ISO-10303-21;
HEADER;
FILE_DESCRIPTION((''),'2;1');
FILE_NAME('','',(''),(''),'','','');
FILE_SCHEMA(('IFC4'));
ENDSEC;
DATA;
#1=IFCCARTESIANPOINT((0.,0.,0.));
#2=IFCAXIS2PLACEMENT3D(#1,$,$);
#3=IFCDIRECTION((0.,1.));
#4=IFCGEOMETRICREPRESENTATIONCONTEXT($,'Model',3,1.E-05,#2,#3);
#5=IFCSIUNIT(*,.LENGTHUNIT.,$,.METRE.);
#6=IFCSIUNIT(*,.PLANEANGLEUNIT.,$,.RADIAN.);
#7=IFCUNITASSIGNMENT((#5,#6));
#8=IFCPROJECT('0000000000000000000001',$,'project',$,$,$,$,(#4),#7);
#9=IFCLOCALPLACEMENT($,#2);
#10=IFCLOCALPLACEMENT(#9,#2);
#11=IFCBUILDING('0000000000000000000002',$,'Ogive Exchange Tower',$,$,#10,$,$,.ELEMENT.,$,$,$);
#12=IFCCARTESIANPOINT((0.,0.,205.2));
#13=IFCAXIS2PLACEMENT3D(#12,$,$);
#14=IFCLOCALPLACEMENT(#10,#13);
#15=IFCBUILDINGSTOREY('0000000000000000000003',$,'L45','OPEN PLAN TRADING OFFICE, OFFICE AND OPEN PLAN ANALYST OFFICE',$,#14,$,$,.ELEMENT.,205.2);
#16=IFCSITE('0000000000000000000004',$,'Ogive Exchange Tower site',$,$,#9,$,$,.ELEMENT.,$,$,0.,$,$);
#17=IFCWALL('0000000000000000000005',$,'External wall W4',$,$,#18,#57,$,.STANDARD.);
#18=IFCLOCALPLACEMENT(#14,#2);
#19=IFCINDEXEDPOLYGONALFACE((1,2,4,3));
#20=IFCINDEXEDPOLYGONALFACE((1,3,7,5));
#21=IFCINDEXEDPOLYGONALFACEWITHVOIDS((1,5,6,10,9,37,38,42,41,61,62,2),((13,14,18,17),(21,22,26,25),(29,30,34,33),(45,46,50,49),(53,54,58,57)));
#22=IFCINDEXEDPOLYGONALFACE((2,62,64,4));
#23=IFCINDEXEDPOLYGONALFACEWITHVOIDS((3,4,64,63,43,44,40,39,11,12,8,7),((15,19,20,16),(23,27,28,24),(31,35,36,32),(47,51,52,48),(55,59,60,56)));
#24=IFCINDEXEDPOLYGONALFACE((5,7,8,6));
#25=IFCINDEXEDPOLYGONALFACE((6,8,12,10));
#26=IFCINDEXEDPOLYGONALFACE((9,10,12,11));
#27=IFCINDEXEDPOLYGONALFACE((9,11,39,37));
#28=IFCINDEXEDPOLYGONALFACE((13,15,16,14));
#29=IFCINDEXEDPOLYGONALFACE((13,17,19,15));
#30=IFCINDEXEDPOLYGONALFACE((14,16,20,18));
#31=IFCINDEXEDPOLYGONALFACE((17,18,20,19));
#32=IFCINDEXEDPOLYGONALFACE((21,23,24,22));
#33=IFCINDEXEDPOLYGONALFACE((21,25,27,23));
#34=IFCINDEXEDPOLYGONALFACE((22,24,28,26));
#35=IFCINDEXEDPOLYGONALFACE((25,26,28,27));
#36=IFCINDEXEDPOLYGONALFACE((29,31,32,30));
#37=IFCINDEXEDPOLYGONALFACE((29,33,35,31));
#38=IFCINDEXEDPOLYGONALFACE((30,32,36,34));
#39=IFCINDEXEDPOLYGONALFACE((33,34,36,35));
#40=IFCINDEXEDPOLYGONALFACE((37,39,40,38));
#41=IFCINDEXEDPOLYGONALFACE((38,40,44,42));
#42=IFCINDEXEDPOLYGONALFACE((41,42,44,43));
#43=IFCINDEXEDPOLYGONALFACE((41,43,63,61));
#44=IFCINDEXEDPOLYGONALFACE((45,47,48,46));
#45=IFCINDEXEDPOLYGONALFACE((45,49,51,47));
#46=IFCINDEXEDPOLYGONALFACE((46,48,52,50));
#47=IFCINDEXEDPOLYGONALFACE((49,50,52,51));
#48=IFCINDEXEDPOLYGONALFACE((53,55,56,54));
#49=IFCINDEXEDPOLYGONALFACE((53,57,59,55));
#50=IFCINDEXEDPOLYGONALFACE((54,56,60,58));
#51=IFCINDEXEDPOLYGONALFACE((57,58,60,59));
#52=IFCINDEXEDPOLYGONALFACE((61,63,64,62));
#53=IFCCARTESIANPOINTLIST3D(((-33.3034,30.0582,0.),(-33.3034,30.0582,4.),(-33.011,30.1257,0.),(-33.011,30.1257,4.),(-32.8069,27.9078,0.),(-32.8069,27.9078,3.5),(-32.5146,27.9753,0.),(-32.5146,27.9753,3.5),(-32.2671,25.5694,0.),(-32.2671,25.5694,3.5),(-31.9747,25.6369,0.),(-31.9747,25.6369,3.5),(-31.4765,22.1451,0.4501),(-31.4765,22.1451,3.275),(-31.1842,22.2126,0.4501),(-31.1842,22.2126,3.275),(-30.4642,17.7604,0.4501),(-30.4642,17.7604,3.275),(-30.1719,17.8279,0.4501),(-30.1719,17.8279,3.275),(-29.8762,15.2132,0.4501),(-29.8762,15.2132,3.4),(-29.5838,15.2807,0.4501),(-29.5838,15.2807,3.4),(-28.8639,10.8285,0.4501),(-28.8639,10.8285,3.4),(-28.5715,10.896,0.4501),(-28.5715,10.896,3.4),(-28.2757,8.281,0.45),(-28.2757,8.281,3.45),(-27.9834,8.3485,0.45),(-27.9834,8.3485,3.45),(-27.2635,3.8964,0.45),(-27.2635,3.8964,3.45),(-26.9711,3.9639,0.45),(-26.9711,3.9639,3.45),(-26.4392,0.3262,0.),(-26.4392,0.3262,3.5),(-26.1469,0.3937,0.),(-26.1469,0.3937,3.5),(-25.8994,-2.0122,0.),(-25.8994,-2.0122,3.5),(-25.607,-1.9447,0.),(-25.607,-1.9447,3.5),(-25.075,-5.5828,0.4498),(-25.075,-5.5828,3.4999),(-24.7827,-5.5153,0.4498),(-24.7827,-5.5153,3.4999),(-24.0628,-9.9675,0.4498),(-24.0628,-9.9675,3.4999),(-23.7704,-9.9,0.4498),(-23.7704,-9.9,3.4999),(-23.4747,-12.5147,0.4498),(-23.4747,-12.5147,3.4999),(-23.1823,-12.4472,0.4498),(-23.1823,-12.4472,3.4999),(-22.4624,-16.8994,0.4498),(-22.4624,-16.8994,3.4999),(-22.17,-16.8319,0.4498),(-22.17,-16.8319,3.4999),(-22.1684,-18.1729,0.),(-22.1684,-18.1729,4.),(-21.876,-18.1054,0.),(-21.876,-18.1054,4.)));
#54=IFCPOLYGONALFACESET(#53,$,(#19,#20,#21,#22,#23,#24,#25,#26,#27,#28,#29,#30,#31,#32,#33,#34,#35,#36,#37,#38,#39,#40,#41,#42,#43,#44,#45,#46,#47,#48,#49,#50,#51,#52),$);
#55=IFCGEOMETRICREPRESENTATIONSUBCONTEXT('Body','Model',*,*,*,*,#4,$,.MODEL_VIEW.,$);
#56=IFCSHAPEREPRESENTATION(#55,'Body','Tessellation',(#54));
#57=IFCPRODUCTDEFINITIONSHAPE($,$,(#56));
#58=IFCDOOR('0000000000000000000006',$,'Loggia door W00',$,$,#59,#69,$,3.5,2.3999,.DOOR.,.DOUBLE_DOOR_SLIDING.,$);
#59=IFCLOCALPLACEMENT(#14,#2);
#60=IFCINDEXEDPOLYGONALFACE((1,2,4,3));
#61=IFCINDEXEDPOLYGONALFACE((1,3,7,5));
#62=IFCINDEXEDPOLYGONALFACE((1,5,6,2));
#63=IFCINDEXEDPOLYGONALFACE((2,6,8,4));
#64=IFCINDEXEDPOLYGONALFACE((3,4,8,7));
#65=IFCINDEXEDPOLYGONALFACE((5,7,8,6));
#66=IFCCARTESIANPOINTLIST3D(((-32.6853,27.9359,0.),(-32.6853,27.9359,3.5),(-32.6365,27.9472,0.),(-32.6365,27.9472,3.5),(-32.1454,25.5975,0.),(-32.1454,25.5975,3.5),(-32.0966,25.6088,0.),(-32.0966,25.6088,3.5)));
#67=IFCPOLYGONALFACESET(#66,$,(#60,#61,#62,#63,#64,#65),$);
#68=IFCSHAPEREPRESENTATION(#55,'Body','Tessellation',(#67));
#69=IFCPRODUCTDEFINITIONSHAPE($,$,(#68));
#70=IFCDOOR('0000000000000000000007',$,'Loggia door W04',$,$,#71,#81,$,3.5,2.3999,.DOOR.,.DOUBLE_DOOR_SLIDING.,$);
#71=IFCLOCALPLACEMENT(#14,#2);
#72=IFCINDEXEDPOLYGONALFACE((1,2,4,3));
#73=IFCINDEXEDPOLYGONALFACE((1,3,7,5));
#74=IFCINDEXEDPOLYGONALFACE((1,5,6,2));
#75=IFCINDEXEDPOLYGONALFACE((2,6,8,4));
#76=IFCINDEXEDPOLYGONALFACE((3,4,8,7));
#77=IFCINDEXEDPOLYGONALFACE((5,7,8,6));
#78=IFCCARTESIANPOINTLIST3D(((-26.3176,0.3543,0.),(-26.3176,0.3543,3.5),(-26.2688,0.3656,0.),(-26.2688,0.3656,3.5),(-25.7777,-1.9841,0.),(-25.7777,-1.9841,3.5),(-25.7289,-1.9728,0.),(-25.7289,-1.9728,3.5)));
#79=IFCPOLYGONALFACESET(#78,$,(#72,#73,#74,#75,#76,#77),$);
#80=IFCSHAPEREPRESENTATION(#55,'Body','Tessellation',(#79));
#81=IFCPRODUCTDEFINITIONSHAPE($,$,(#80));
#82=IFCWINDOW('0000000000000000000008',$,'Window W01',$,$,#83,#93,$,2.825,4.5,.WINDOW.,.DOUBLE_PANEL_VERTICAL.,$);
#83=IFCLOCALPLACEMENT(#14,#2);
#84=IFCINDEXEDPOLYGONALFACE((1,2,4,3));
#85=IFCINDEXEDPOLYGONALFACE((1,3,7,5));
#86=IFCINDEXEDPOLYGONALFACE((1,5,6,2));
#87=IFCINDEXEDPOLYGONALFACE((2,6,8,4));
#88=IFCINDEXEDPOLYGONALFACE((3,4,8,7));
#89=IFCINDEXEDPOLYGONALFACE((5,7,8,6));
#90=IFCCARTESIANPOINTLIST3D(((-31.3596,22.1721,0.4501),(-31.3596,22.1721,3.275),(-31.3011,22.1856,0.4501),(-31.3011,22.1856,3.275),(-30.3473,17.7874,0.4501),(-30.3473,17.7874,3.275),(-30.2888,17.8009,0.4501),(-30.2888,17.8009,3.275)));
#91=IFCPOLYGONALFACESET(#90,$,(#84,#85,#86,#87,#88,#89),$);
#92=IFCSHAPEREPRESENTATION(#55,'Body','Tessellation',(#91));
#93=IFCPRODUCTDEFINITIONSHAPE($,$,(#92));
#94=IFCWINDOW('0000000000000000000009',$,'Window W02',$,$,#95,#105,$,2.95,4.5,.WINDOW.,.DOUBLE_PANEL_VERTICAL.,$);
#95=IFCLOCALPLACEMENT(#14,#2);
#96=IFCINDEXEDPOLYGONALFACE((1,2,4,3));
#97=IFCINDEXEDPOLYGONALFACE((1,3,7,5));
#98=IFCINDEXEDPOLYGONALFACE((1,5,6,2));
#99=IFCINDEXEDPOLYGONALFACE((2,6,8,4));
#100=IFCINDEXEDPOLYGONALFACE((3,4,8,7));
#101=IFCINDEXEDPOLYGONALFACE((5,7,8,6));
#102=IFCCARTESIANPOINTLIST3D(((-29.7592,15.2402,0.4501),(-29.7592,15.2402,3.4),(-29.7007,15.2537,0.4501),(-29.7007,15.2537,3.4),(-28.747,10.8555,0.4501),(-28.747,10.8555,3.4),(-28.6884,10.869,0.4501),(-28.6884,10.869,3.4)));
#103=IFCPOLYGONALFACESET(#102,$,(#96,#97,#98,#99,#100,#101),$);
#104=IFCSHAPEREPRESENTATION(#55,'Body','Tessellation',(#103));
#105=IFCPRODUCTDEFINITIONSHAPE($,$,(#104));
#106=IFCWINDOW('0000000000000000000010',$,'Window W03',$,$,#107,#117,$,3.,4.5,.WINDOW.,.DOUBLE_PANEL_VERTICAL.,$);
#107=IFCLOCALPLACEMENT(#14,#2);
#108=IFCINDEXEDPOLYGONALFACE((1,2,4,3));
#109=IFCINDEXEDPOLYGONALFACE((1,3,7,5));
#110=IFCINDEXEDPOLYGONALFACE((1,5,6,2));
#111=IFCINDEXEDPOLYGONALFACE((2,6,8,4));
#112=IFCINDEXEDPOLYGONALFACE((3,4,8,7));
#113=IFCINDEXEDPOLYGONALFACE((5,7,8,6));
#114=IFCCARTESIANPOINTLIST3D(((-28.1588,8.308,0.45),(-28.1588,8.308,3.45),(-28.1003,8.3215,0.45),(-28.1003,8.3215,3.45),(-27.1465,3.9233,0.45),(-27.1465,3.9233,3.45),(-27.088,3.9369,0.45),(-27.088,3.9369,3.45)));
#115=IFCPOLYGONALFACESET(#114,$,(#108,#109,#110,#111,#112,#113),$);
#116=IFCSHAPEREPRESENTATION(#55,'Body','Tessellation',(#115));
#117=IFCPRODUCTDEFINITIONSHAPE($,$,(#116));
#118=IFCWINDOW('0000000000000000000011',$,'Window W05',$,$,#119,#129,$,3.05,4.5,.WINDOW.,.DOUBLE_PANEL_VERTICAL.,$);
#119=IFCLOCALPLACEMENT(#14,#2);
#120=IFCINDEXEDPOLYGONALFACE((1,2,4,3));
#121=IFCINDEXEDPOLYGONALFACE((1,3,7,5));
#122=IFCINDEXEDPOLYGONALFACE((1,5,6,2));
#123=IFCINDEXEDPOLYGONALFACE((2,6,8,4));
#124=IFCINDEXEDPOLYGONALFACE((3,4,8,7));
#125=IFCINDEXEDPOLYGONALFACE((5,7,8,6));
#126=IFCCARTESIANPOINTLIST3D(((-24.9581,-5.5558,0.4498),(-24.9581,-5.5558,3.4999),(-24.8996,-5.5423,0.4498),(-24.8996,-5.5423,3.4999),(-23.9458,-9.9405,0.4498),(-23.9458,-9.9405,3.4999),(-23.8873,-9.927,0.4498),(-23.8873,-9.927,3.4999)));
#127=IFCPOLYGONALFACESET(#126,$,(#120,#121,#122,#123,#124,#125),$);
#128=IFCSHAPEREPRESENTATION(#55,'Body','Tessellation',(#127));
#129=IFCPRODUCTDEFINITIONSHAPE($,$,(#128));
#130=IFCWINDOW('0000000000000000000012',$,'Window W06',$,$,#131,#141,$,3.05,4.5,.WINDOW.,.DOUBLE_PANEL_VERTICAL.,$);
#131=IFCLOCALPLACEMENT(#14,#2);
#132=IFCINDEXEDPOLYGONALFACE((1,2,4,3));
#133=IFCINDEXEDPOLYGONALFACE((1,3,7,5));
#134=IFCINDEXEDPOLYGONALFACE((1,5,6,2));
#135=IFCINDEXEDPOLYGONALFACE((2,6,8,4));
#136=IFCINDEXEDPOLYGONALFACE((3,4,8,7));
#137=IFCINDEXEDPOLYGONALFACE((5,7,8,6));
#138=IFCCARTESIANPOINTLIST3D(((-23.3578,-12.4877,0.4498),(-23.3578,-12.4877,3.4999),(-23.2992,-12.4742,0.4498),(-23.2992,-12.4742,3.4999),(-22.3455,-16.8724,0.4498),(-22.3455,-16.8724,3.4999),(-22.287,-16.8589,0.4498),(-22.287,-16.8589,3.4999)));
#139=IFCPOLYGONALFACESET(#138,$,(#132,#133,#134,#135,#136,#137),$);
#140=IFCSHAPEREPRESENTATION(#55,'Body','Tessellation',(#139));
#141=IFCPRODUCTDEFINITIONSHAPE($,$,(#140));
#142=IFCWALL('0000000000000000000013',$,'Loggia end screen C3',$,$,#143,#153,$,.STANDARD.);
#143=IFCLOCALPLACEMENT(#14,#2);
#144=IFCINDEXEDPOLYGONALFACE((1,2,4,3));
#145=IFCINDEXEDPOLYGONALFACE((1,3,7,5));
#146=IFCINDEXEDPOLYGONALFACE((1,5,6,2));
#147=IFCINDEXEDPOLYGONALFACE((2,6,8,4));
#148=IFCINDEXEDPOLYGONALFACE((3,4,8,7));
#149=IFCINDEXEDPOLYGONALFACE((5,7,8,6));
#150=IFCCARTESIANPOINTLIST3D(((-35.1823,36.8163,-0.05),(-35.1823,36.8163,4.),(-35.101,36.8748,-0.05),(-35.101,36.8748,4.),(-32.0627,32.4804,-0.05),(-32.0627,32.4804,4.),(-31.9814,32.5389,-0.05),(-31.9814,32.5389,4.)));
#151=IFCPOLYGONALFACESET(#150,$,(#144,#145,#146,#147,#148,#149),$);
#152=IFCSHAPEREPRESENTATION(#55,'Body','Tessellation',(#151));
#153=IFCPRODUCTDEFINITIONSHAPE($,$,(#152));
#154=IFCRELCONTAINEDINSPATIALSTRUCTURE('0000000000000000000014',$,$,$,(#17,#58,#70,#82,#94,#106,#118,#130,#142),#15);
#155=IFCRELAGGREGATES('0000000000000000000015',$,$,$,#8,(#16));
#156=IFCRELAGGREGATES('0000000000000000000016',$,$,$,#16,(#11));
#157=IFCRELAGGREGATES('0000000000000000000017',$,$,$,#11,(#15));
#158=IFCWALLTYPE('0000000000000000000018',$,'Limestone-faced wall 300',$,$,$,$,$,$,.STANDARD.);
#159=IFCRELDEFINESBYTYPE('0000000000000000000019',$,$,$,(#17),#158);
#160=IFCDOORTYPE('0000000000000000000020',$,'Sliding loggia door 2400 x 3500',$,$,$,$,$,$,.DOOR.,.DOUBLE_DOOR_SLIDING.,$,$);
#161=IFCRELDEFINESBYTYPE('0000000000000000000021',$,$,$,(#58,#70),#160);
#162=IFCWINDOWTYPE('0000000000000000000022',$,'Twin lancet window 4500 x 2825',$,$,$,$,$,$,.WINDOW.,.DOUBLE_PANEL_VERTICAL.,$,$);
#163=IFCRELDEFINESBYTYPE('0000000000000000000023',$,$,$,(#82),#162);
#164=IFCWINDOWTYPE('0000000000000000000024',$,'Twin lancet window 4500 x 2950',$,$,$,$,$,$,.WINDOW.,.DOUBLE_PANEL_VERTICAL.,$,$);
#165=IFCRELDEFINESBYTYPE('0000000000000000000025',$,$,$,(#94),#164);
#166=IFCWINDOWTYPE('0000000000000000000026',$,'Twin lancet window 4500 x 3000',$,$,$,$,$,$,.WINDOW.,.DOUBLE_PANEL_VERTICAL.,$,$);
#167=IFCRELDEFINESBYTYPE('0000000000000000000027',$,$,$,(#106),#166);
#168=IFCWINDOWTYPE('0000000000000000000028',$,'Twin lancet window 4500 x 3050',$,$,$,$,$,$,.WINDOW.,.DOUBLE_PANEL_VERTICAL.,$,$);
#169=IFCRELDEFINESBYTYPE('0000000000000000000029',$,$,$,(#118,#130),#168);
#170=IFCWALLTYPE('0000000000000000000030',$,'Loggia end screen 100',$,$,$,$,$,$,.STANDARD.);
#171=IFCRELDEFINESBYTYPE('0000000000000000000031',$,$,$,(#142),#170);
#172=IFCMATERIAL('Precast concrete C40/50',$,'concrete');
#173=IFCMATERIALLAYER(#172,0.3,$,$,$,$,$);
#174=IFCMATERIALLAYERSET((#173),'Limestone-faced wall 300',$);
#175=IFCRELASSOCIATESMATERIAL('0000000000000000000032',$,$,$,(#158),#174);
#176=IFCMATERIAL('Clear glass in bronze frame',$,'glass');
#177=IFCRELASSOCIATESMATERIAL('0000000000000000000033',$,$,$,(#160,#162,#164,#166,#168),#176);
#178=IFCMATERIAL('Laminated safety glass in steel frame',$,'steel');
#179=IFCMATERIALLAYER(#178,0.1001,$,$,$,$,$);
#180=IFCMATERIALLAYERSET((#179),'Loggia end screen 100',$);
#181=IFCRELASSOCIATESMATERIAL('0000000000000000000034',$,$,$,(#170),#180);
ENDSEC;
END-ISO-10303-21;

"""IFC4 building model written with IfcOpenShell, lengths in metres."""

from ifc_helpers import new_model, si_unit, direction, frame, frame_2d, origin, place, context, subcontext, project, spatial, rectangle, extrude, material, layer, layer_set, type_object, element, fill, save


model = new_model("IFC4")

# Units and contexts
model_context = context("Model", 3, precision=1e-05, world=origin(), true_north=direction((0.0, 1.0)))
body_context = subcontext(model_context, "Body", "Model", "MODEL_VIEW")
ifc_project = project(units=[si_unit("LENGTHUNIT", "METRE"), si_unit("PLANEANGLEUNIT", "RADIAN")], contexts=[model_context])

# Site, building, storey
site_placement = place(None, origin())
site = spatial("IfcSite", under=ifc_project, at=site_placement, Name="Ogive Exchange Tower site", CompositionType="ELEMENT", RefElevation=0.0)
building_placement = place(site_placement, origin())
building = spatial("IfcBuilding", under=site, at=building_placement, Name="Ogive Exchange Tower", CompositionType="ELEMENT")
storey_placement = place(building_placement, frame((0.0, 0.0, 205.2)))
storey = spatial("IfcBuildingStorey", under=building, at=storey_placement, Name="L45", Description="OPEN PLAN TRADING OFFICE, OFFICE AND OPEN PLAN ANALYST OFFICE", CompositionType="ELEMENT", Elevation=205.2)

# Wall, openings, doors, windows
ifc_material_1 = material(Name="Precast concrete C40/50", Category="concrete")
ifc_layer_1 = layer(ifc_material_1, 0.3)
ifc_layer_set_1 = layer_set([ifc_layer_1], Name="Limestone-faced wall 300")
wall_type_1 = type_object("IfcWallType", Name="Limestone-faced wall 300", PredefinedType="STANDARD", material=ifc_layer_set_1)
wall_1_placement = place(storey_placement, frame((-33.1572, 30.092, 0.0), z_axis=(0.0, 0.0, 1.0), x_axis=(0.22495, -0.97437, 0.0)))
wall_1 = element("IfcWall", 1, at=wall_1_placement, inside=storey, type_object=wall_type_1, Name="External wall W4", PredefinedType="STANDARD", context=body_context, shape_type="SweptSolid", body=[
    extrude(rectangle(XDim=49.4998, YDim=0.3, at=frame_2d((24.75, 0.0))), origin(), (0.0, 0.0, 1.0), 4.0),
])
opening_1_placement = place(wall_1_placement, frame((2.207, 0.0, 0.0)))
opening_1 = element("IfcOpeningElement", 2, at=opening_1_placement, cuts=wall_1, PredefinedType="OPENING", context=body_context, shape_type="SweptSolid", body=[
    extrude(rectangle(XDim=2.3999, YDim=3.5, at=frame_2d((1.2, 1.75))), frame((0.0, 0.1599, 0.0), z_axis=(0.0, -1.0, 0.0), x_axis=(1.0, 0.0, 0.0)), (0.0, 0.0, 1.0), 0.3201),
])
opening_2_placement = place(wall_1_placement, frame((8.1213, 0.0, 0.45)))
opening_2 = element("IfcOpeningElement", 3, at=opening_2_placement, cuts=wall_1, PredefinedType="OPENING", context=body_context, shape_type="SweptSolid", body=[
    extrude(rectangle(XDim=4.5, YDim=2.825, at=frame_2d((2.25, 1.4126))), frame((0.0, 0.1599, 0.0), z_axis=(0.0, -1.0, 0.0), x_axis=(1.0, 0.0, 0.0)), (0.0, 0.0, 1.0), 0.3201),
])
opening_3_placement = place(wall_1_placement, frame((15.2356, 0.0, 0.45)))
opening_3 = element("IfcOpeningElement", 4, at=opening_3_placement, cuts=wall_1, PredefinedType="OPENING", context=body_context, shape_type="SweptSolid", body=[
    extrude(rectangle(XDim=4.5, YDim=2.95, at=frame_2d((2.25, 1.4751))), frame((0.0, 0.1599, 0.0), z_axis=(0.0, -1.0, 0.0), x_axis=(1.0, 0.0, 0.0)), (0.0, 0.0, 1.0), 0.3201),
])
opening_4_placement = place(wall_1_placement, frame((22.3501, 0.0, 0.45)))
opening_4 = element("IfcOpeningElement", 5, at=opening_4_placement, cuts=wall_1, PredefinedType="OPENING", context=body_context, shape_type="SweptSolid", body=[
    extrude(rectangle(XDim=4.5, YDim=3.0, at=frame_2d((2.25, 1.5))), frame((0.0, 0.1599, 0.0), z_axis=(0.0, -1.0, 0.0), x_axis=(1.0, 0.0, 0.0)), (0.0, 0.0, 1.0), 0.3201),
])
opening_5_placement = place(wall_1_placement, frame((30.5142, 0.0, 0.0)))
opening_5 = element("IfcOpeningElement", 6, at=opening_5_placement, cuts=wall_1, PredefinedType="OPENING", context=body_context, shape_type="SweptSolid", body=[
    extrude(rectangle(XDim=2.3999, YDim=3.5, at=frame_2d((1.2, 1.75))), frame((0.0, 0.1599, 0.0), z_axis=(0.0, -1.0, 0.0), x_axis=(1.0, 0.0, 0.0)), (0.0, 0.0, 1.0), 0.3201),
])
opening_6_placement = place(wall_1_placement, frame((36.5786, 0.0, 0.45)))
opening_6 = element("IfcOpeningElement", 7, at=opening_6_placement, cuts=wall_1, PredefinedType="OPENING", context=body_context, shape_type="SweptSolid", body=[
    extrude(rectangle(XDim=4.5, YDim=3.05, at=frame_2d((2.25, 1.5249))), frame((0.0, 0.1599, 0.0), z_axis=(0.0, -1.0, 0.0), x_axis=(1.0, 0.0, 0.0)), (0.0, 0.0, 1.0), 0.3201),
])
opening_7_placement = place(wall_1_placement, frame((43.6929, 0.0, 0.45)))
opening_7 = element("IfcOpeningElement", 8, at=opening_7_placement, cuts=wall_1, PredefinedType="OPENING", context=body_context, shape_type="SweptSolid", body=[
    extrude(rectangle(XDim=4.5, YDim=3.05, at=frame_2d((2.25, 1.5249))), frame((0.0, 0.1599, 0.0), z_axis=(0.0, -1.0, 0.0), x_axis=(1.0, 0.0, 0.0)), (0.0, 0.0, 1.0), 0.3201),
])
ifc_material_2 = material(Name="Clear glass in bronze frame", Category="glass")
door_type = type_object("IfcDoorType", Name="Sliding loggia door 2400 x 3500", OperationType="DOUBLE_DOOR_SLIDING", PredefinedType="DOOR", material=ifc_material_2)
door_1_placement = place(opening_1_placement, origin())
door_1 = element("IfcDoor", 9, at=door_1_placement, inside=storey, type_object=door_type, Name="Loggia door W00", OperationType="DOUBLE_DOOR_SLIDING", OverallHeight=3.5, OverallWidth=2.3999, PredefinedType="DOOR", context=body_context, shape_type="SweptSolid", body=[
    extrude(rectangle(XDim=2.3999, YDim=3.5, at=frame_2d((1.2, 1.75))), frame((0.0, 0.0249, 0.0), z_axis=(0.0, -1.0, 0.0), x_axis=(1.0, 0.0, 0.0)), (0.0, 0.0, 1.0), 0.05),
])
fill(opening_1, door_1)
door_2_placement = place(opening_5_placement, origin())
door_2 = element("IfcDoor", 10, at=door_2_placement, inside=storey, type_object=door_type, Name="Loggia door W04", OperationType="DOUBLE_DOOR_SLIDING", OverallHeight=3.5, OverallWidth=2.3999, PredefinedType="DOOR", context=body_context, shape_type="SweptSolid", body=[
    extrude(rectangle(XDim=2.3999, YDim=3.5, at=frame_2d((1.2, 1.75))), frame((0.0, 0.0249, 0.0), z_axis=(0.0, -1.0, 0.0), x_axis=(1.0, 0.0, 0.0)), (0.0, 0.0, 1.0), 0.05),
])
fill(opening_5, door_2)
window_type_1 = type_object("IfcWindowType", Name="Twin lancet window 4500 x 2825", PartitioningType="DOUBLE_PANEL_VERTICAL", PredefinedType="WINDOW", material=ifc_material_2)
window_1_placement = place(opening_2_placement, origin())
window_1 = element("IfcWindow", 11, at=window_1_placement, inside=storey, type_object=window_type_1, Name="Window W01", OverallHeight=2.825, OverallWidth=4.5, PartitioningType="DOUBLE_PANEL_VERTICAL", PredefinedType="WINDOW", context=body_context, shape_type="SweptSolid", body=[
    extrude(rectangle(XDim=4.5, YDim=2.825, at=frame_2d((2.25, 1.4126))), frame((0.0, 0.03, 0.0), z_axis=(0.0, -1.0, 0.0), x_axis=(1.0, 0.0, 0.0)), (0.0, 0.0, 1.0), 0.0601),
])
fill(opening_2, window_1)
window_type_2 = type_object("IfcWindowType", Name="Twin lancet window 4500 x 2950", PartitioningType="DOUBLE_PANEL_VERTICAL", PredefinedType="WINDOW", material=ifc_material_2)
window_2_placement = place(opening_3_placement, origin())
window_2 = element("IfcWindow", 12, at=window_2_placement, inside=storey, type_object=window_type_2, Name="Window W02", OverallHeight=2.95, OverallWidth=4.5, PartitioningType="DOUBLE_PANEL_VERTICAL", PredefinedType="WINDOW", context=body_context, shape_type="SweptSolid", body=[
    extrude(rectangle(XDim=4.5, YDim=2.95, at=frame_2d((2.25, 1.4751))), frame((0.0, 0.03, 0.0), z_axis=(0.0, -1.0, 0.0), x_axis=(1.0, 0.0, 0.0)), (0.0, 0.0, 1.0), 0.0601),
])
fill(opening_3, window_2)
window_type_3 = type_object("IfcWindowType", Name="Twin lancet window 4500 x 3000", PartitioningType="DOUBLE_PANEL_VERTICAL", PredefinedType="WINDOW", material=ifc_material_2)
window_3_placement = place(opening_4_placement, origin())
window_3 = element("IfcWindow", 13, at=window_3_placement, inside=storey, type_object=window_type_3, Name="Window W03", OverallHeight=3.0, OverallWidth=4.5, PartitioningType="DOUBLE_PANEL_VERTICAL", PredefinedType="WINDOW", context=body_context, shape_type="SweptSolid", body=[
    extrude(rectangle(XDim=4.5, YDim=3.0, at=frame_2d((2.25, 1.5))), frame((0.0, 0.03, 0.0), z_axis=(0.0, -1.0, 0.0), x_axis=(1.0, 0.0, 0.0)), (0.0, 0.0, 1.0), 0.0601),
])
fill(opening_4, window_3)
window_type_4 = type_object("IfcWindowType", Name="Twin lancet window 4500 x 3050", PartitioningType="DOUBLE_PANEL_VERTICAL", PredefinedType="WINDOW", material=ifc_material_2)
window_4_placement = place(opening_6_placement, origin())
window_4 = element("IfcWindow", 14, at=window_4_placement, inside=storey, type_object=window_type_4, Name="Window W05", OverallHeight=3.05, OverallWidth=4.5, PartitioningType="DOUBLE_PANEL_VERTICAL", PredefinedType="WINDOW", context=body_context, shape_type="SweptSolid", body=[
    extrude(rectangle(XDim=4.5, YDim=3.05, at=frame_2d((2.25, 1.5249))), frame((0.0, 0.03, 0.0), z_axis=(0.0, -1.0, 0.0), x_axis=(1.0, 0.0, 0.0)), (0.0, 0.0, 1.0), 0.0601),
])
fill(opening_6, window_4)
window_5_placement = place(opening_7_placement, origin())
window_5 = element("IfcWindow", 15, at=window_5_placement, inside=storey, type_object=window_type_4, Name="Window W06", OverallHeight=3.05, OverallWidth=4.5, PartitioningType="DOUBLE_PANEL_VERTICAL", PredefinedType="WINDOW", context=body_context, shape_type="SweptSolid", body=[
    extrude(rectangle(XDim=4.5, YDim=3.05, at=frame_2d((2.25, 1.5249))), frame((0.0, 0.03, 0.0), z_axis=(0.0, -1.0, 0.0), x_axis=(1.0, 0.0, 0.0)), (0.0, 0.0, 1.0), 0.0601),
])
fill(opening_7, window_5)

# Wall
ifc_material_3 = material(Name="Laminated safety glass in steel frame", Category="steel")
ifc_layer_2 = layer(ifc_material_3, 0.1001)
ifc_layer_set_2 = layer_set([ifc_layer_2], Name="Loggia end screen 100")
wall_type_2 = type_object("IfcWallType", Name="Loggia end screen 100", PredefinedType="STANDARD", material=ifc_layer_set_2)
wall_2_placement = place(storey_placement, frame((-32.022, 32.5095, -0.05), z_axis=(0.0, 0.0, 1.0), x_axis=(-0.584028, 0.811734, 0.0)))
element("IfcWall", 16, at=wall_2_placement, inside=storey, type_object=wall_type_2, Name="Loggia end screen C3", PredefinedType="STANDARD", context=body_context, shape_type="SweptSolid", body=[
    extrude(rectangle(XDim=5.3416, YDim=0.1001, at=frame_2d((2.6709, 0.0))), origin(), (0.0, 0.0, 1.0), 4.05),
])

save(model, "model.ifc")
